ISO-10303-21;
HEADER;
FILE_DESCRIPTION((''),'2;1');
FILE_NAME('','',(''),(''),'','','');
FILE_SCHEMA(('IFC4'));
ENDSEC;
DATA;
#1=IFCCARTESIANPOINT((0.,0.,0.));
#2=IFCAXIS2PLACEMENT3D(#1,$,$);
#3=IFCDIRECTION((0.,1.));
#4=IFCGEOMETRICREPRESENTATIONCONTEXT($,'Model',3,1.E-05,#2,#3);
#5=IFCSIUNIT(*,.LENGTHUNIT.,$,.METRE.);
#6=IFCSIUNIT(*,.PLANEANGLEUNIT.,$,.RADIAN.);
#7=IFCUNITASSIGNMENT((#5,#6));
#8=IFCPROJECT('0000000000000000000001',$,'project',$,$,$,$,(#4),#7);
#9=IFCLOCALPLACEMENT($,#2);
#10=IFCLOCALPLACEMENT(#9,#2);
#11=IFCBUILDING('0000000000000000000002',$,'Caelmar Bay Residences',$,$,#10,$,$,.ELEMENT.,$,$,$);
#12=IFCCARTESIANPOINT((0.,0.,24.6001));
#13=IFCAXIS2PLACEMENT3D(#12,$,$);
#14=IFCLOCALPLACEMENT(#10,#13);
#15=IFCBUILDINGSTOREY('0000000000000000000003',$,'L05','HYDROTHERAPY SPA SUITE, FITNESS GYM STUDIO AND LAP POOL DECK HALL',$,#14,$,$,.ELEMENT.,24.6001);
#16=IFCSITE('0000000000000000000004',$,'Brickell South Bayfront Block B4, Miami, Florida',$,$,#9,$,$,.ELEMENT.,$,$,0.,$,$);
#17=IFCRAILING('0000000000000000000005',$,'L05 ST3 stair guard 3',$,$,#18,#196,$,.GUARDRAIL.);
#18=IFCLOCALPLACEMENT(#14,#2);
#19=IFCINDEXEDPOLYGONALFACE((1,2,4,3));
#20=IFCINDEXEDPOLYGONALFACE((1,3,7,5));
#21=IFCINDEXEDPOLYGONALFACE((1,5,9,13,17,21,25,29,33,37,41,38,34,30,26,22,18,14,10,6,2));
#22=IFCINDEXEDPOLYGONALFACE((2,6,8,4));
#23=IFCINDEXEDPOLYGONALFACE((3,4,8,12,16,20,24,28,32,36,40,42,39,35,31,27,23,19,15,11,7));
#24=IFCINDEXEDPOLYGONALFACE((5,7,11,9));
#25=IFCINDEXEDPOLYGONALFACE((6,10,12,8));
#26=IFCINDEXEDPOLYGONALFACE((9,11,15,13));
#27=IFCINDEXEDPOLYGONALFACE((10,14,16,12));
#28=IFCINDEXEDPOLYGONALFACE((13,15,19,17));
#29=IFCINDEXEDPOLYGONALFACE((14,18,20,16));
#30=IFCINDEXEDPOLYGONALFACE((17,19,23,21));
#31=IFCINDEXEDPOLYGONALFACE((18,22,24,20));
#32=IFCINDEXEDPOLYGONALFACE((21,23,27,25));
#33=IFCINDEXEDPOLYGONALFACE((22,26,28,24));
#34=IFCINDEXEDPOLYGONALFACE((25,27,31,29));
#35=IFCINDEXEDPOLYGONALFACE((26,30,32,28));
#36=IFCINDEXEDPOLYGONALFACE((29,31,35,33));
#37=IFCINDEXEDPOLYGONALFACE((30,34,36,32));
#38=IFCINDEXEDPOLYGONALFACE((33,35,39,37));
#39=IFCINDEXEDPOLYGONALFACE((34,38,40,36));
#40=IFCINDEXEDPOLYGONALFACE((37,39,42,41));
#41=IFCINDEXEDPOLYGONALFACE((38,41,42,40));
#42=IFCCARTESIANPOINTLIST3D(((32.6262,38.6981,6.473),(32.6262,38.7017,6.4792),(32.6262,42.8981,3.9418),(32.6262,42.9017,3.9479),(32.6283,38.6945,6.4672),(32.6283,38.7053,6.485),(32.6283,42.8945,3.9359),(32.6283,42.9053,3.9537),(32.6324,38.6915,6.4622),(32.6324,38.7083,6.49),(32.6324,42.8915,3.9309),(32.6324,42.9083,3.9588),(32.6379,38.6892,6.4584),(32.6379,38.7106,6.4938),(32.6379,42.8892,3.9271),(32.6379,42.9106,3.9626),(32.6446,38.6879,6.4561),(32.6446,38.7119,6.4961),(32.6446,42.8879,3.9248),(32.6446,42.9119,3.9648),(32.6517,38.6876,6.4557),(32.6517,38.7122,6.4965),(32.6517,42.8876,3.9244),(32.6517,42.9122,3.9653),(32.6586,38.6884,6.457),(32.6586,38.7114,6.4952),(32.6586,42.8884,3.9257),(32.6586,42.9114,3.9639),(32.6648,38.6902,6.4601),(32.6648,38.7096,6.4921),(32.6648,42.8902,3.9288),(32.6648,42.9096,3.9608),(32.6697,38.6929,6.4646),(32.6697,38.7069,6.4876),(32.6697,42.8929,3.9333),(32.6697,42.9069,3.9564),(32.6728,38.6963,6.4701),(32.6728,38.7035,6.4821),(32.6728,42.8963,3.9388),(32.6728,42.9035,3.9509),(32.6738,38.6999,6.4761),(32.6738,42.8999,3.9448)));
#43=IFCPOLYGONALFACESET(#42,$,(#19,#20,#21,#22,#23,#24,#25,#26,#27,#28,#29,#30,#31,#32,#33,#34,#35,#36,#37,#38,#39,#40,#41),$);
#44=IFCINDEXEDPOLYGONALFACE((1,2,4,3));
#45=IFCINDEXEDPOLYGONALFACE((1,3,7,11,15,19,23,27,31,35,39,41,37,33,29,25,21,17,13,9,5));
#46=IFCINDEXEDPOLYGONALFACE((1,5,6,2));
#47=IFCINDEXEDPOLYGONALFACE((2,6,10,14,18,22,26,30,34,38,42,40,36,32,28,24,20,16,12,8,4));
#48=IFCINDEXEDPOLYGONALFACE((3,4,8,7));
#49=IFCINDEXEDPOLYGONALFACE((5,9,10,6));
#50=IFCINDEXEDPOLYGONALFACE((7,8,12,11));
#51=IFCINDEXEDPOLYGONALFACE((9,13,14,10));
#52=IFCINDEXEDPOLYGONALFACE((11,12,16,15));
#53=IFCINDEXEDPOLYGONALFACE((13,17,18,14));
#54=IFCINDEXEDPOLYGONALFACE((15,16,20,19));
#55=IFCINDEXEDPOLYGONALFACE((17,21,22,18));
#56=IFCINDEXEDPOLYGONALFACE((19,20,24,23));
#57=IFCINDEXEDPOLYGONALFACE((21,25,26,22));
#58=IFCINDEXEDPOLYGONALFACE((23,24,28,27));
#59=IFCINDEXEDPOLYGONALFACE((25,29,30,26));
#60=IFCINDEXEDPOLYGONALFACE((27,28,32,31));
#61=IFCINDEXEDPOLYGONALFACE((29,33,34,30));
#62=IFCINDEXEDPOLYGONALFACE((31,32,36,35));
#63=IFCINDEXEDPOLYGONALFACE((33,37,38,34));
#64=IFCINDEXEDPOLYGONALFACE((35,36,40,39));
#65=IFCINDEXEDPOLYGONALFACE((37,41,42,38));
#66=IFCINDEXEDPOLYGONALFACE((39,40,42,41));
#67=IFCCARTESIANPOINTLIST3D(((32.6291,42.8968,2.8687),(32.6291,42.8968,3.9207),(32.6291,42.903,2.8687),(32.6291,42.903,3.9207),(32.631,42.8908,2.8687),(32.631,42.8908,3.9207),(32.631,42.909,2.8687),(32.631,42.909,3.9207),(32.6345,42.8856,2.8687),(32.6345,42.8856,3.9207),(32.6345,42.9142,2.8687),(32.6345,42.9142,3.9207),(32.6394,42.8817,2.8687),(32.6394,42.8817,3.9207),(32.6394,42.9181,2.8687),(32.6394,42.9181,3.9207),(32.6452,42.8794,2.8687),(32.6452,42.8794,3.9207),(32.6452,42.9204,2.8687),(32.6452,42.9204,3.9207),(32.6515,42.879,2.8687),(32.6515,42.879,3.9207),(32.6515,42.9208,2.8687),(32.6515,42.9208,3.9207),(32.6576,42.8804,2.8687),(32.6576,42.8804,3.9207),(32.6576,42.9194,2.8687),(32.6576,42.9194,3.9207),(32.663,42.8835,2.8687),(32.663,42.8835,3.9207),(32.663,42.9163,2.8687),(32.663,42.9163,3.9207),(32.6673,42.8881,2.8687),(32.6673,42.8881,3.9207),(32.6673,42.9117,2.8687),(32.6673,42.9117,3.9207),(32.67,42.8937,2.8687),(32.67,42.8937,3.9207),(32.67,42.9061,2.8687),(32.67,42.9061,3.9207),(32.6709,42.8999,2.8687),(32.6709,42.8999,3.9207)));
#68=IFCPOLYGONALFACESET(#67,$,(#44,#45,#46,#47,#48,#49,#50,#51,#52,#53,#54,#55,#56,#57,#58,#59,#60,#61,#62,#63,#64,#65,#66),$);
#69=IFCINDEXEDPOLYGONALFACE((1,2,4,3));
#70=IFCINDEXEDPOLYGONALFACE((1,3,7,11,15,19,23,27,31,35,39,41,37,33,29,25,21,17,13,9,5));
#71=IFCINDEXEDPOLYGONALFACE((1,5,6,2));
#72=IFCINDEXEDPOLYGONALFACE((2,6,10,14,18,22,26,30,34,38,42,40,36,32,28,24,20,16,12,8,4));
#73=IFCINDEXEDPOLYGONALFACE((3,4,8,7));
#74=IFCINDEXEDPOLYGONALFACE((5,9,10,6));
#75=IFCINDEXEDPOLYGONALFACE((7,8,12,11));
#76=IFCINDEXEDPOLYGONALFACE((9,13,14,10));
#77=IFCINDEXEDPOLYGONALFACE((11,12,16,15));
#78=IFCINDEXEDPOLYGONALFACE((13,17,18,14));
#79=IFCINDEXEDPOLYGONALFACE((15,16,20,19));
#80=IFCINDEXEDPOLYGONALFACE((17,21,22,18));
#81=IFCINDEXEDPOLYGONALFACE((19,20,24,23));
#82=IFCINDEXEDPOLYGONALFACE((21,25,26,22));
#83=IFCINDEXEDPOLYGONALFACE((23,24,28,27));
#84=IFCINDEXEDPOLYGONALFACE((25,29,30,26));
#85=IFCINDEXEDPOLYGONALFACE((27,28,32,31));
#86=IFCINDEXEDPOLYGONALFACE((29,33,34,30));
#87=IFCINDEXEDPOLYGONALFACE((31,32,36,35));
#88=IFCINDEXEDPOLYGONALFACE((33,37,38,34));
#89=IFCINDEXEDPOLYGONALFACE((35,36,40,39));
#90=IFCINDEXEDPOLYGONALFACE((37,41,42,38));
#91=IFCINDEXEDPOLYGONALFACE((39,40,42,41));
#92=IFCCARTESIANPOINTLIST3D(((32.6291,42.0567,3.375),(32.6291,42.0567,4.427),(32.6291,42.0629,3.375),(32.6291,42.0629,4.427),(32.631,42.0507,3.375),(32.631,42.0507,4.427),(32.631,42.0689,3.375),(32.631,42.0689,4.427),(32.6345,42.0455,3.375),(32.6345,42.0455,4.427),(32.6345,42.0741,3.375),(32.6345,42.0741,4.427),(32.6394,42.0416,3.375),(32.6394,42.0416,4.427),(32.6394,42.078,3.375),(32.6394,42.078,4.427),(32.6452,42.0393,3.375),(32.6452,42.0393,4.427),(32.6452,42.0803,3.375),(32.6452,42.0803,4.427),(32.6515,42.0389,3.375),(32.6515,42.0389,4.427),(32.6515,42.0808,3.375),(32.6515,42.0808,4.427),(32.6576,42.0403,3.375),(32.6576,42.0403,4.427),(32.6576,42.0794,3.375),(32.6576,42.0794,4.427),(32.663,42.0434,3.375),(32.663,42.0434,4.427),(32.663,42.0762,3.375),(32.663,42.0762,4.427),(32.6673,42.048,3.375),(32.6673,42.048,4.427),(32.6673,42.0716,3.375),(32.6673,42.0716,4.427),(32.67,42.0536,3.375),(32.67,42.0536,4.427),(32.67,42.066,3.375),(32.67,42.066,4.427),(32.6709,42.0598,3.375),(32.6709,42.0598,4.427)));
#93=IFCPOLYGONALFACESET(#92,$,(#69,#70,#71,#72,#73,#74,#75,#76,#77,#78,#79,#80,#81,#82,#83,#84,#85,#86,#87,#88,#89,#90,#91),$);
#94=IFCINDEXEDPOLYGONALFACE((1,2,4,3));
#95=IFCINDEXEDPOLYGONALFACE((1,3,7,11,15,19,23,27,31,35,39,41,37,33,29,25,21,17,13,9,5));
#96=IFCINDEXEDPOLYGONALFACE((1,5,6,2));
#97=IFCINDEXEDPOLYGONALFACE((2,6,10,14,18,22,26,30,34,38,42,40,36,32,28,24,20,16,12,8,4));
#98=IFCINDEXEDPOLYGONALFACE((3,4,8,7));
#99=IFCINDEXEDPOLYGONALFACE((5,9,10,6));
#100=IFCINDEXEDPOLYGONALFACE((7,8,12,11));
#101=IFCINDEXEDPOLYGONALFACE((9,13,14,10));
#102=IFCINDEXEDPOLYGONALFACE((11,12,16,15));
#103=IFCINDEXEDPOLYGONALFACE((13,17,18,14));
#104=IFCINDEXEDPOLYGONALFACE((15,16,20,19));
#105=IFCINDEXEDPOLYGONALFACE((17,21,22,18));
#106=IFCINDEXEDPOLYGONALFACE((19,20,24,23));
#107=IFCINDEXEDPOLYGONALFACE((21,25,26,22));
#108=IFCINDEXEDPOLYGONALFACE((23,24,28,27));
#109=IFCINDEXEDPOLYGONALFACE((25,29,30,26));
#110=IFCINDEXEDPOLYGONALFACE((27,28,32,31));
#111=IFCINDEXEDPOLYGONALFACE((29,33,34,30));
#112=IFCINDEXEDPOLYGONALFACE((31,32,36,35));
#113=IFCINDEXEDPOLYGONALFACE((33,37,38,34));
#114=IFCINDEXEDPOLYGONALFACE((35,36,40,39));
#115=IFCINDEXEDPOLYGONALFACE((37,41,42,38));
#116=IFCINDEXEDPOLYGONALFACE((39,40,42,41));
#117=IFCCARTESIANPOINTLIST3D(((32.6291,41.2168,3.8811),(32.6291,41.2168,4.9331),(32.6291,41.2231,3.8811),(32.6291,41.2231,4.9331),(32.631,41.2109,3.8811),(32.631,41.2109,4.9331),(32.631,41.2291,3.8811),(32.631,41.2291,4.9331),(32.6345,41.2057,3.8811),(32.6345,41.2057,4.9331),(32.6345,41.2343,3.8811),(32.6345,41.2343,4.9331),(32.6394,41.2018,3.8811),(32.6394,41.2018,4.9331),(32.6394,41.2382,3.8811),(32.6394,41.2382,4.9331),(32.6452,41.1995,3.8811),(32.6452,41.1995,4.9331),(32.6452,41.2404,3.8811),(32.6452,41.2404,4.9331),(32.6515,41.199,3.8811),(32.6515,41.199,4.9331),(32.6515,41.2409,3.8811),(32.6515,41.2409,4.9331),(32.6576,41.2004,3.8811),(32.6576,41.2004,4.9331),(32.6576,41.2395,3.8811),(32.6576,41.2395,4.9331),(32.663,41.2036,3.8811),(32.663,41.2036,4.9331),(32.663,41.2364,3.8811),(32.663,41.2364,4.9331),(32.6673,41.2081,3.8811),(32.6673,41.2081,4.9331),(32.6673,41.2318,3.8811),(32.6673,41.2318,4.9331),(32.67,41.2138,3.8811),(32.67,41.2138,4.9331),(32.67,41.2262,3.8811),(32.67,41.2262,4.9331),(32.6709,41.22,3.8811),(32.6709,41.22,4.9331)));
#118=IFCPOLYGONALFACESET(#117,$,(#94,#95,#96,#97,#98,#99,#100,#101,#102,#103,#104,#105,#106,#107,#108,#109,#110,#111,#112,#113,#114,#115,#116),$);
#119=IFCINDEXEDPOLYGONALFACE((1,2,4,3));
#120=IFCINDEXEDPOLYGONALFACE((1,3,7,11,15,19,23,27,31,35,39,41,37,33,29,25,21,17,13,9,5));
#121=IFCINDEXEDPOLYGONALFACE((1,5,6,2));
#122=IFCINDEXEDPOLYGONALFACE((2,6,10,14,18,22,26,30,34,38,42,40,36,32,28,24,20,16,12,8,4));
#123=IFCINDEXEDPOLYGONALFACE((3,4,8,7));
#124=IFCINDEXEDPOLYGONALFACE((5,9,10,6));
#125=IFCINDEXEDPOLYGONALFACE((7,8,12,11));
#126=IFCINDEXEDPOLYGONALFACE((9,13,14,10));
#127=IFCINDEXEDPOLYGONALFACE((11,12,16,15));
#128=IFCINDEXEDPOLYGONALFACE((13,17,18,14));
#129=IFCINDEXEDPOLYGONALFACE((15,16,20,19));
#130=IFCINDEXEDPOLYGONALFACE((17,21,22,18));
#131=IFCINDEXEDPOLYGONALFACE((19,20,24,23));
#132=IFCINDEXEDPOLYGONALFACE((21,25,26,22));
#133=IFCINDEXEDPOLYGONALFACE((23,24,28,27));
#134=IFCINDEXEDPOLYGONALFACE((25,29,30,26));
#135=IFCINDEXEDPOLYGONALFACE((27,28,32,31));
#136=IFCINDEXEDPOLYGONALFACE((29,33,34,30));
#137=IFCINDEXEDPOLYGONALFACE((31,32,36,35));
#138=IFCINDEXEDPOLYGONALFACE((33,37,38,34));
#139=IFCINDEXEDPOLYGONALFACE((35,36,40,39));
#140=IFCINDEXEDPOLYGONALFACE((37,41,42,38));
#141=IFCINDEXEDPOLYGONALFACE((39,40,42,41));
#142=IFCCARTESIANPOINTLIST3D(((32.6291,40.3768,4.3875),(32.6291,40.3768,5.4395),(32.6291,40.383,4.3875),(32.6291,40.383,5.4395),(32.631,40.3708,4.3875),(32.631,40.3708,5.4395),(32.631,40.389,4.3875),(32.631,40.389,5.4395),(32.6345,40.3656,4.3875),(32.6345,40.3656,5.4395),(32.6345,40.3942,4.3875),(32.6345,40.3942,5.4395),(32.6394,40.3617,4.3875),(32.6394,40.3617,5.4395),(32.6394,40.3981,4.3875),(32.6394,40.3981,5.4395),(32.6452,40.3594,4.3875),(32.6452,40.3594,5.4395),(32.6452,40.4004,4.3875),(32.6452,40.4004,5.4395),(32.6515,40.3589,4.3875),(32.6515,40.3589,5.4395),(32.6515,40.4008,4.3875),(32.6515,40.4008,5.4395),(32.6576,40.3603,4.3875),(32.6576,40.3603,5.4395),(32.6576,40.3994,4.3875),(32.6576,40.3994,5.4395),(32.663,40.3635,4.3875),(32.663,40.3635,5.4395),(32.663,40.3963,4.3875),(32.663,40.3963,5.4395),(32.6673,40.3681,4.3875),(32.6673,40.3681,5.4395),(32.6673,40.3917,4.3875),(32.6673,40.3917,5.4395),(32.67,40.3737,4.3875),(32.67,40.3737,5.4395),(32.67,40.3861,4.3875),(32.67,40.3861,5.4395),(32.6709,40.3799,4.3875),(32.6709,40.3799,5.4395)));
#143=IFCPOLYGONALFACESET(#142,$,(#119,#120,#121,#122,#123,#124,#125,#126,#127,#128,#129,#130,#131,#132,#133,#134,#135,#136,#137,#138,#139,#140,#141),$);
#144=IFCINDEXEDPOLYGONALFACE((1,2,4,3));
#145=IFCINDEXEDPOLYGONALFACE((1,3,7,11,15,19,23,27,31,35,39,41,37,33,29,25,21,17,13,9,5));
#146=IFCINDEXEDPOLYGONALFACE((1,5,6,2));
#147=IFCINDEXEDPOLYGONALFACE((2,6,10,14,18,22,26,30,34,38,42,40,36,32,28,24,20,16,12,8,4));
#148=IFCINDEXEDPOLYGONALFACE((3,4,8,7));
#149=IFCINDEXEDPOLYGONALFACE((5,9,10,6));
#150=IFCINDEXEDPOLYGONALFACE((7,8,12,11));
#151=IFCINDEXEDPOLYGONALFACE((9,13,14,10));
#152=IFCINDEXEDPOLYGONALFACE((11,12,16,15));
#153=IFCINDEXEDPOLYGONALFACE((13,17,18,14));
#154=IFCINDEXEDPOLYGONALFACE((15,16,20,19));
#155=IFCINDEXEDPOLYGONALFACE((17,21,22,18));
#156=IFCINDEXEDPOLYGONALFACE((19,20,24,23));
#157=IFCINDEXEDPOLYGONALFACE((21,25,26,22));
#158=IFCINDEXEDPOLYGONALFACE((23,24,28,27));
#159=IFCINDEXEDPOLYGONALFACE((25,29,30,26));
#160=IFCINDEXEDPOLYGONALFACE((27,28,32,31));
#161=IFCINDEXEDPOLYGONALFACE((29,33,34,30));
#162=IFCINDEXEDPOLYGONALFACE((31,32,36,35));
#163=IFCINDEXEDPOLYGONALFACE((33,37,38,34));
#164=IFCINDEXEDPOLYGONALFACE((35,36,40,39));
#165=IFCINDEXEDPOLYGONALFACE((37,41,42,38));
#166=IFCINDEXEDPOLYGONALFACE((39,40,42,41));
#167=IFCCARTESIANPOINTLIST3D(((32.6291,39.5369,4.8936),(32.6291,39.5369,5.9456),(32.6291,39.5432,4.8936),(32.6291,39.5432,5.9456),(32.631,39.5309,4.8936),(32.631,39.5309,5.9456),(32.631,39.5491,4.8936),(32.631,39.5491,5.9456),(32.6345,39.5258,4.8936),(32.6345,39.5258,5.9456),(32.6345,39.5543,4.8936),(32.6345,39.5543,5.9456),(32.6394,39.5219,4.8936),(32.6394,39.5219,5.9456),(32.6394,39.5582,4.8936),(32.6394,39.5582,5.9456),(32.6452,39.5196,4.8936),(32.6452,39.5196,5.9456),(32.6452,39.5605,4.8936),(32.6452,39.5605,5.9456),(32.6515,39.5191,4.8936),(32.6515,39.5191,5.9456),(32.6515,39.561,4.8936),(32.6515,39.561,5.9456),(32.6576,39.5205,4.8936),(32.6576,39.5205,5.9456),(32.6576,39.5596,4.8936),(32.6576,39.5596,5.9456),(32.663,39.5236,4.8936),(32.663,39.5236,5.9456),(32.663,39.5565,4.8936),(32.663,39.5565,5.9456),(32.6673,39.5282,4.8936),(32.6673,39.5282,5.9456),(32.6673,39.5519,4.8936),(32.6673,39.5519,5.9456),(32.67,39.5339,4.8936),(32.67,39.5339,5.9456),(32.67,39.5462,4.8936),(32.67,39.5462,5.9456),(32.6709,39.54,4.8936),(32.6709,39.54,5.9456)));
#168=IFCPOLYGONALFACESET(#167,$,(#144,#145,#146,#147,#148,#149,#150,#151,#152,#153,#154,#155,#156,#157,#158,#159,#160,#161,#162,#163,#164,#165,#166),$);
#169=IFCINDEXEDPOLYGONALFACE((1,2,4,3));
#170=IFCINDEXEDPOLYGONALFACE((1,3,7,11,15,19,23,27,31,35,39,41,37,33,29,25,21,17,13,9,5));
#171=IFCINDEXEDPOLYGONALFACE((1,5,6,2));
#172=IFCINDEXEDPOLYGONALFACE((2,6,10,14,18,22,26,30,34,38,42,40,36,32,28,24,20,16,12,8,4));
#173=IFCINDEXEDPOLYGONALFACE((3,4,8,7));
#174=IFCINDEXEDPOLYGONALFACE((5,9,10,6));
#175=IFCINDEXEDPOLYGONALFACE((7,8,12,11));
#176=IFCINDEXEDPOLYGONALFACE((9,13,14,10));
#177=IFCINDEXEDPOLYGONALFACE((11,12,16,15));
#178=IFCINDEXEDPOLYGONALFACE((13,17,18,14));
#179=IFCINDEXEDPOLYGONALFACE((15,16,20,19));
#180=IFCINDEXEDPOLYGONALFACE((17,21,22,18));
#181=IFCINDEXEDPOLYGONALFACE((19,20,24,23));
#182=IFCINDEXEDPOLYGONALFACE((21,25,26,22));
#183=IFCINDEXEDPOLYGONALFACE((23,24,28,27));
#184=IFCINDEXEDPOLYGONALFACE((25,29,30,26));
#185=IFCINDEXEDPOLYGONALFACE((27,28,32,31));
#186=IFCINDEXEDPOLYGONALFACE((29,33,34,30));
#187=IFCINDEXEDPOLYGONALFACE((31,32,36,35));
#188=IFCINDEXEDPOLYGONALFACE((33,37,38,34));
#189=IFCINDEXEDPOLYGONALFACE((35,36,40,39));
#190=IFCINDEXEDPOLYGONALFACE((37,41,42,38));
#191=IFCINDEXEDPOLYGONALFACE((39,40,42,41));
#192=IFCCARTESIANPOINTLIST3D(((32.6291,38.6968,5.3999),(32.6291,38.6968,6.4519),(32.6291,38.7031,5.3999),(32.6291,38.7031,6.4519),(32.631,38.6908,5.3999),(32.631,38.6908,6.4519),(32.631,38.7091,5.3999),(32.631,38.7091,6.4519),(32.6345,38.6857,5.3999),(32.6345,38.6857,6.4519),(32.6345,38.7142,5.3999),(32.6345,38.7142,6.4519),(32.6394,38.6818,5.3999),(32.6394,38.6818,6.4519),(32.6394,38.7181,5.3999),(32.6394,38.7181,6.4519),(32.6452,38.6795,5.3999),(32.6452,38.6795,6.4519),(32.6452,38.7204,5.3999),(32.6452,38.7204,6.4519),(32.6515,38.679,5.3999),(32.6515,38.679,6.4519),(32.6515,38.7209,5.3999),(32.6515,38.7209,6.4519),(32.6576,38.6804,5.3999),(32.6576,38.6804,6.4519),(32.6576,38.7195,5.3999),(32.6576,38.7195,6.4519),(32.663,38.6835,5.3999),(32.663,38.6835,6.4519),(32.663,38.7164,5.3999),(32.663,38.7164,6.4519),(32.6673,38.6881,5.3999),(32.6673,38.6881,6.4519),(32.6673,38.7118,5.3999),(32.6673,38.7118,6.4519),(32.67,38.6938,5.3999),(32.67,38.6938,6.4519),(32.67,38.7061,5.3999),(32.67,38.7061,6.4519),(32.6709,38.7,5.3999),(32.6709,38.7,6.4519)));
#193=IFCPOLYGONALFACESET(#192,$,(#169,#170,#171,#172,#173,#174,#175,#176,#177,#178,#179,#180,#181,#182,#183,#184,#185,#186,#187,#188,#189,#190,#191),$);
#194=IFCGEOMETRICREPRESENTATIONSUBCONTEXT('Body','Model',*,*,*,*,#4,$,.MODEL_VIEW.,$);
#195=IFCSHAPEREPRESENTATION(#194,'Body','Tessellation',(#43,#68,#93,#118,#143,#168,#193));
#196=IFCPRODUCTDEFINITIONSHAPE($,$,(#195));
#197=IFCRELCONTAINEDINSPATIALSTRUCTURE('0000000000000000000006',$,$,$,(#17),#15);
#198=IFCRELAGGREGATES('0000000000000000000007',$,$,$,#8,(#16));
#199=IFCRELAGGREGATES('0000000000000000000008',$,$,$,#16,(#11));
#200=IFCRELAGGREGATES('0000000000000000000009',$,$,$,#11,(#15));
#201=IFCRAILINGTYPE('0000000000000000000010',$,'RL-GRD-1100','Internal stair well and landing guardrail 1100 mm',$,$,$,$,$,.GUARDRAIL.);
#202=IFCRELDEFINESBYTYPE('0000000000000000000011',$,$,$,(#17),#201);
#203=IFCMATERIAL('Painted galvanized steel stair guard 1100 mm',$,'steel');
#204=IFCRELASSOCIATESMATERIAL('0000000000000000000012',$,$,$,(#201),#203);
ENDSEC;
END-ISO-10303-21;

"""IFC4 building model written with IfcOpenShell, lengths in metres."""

from ifc_helpers import new_model, si_unit, direction, frame, origin, origin_2d, place, context, subcontext, project, spatial, circle, extrude, material, type_object, element, save


model = new_model("IFC4")

# Units and contexts
model_context = context("Model", 3, precision=1e-05, world=origin(), true_north=direction((0.0, 1.0)))
body_context = subcontext(model_context, "Body", "Model", "MODEL_VIEW")
ifc_project = project(units=[si_unit("LENGTHUNIT", "METRE"), si_unit("PLANEANGLEUNIT", "RADIAN")], contexts=[model_context])

# Site, building, storey
site_placement = place(None, origin())
site = spatial("IfcSite", under=ifc_project, at=site_placement, Name="Brickell South Bayfront Block B4, Miami, Florida", CompositionType="ELEMENT", RefElevation=0.0)
building_placement = place(site_placement, origin())
building = spatial("IfcBuilding", under=site, at=building_placement, Name="Caelmar Bay Residences", CompositionType="ELEMENT")
storey_placement = place(building_placement, frame((0.0, 0.0, 24.6001)))
storey = spatial("IfcBuildingStorey", under=building, at=storey_placement, Name="L05", Description="HYDROTHERAPY SPA SUITE, FITNESS GYM STUDIO AND LAP POOL DECK HALL", CompositionType="ELEMENT", Elevation=24.6001)

# Railing
ifc_material_1 = material(Name="Painted galvanized steel stair guard 1100 mm", Category="steel")
railing_type_1 = type_object("IfcRailingType", Name="RL-GRD-1100", Description="Internal stair well and landing guardrail 1100 mm", PredefinedType="GUARDRAIL", material=ifc_material_1)
railing_1_placement = place(storey_placement, frame((32.6499, 42.8999, 2.8687)))
element("IfcRailing", 1, at=railing_1_placement, inside=storey, type_object=railing_type_1, Name="L05 ST3 stair guard 3", PredefinedType="GUARDRAIL", context=body_context, shape_type="SweptSolid", body=[
    extrude(circle(Radius=0.0239, at=origin_2d()), frame((0.0, 0.0, 1.0762), z_axis=(0.0, -0.856476, 0.516186), x_axis=(1.0, 0.0, 0.0)), (0.0, 0.0, 1.0), 4.9038),
    extrude(circle(Radius=0.021, at=origin_2d()), origin(), (0.0, 0.0, 1.0), 1.052),
    extrude(circle(Radius=0.021, at=origin_2d()), frame((0.0, -0.8401, 0.5063)), (0.0, 0.0, 1.0), 1.052),
    extrude(circle(Radius=0.021, at=origin_2d()), frame((0.0, -1.6799, 1.0125)), (0.0, 0.0, 1.0), 1.052),
    extrude(circle(Radius=0.021, at=origin_2d()), frame((0.0, -2.52, 1.5188)), (0.0, 0.0, 1.0), 1.052),
    extrude(circle(Radius=0.021, at=origin_2d()), frame((0.0, -3.3599, 2.0249)), (0.0, 0.0, 1.0), 1.052),
    extrude(circle(Radius=0.021, at=origin_2d()), frame((0.0, -4.2, 2.5312)), (0.0, 0.0, 1.0), 1.052),
])

save(model, "model.ifc")
